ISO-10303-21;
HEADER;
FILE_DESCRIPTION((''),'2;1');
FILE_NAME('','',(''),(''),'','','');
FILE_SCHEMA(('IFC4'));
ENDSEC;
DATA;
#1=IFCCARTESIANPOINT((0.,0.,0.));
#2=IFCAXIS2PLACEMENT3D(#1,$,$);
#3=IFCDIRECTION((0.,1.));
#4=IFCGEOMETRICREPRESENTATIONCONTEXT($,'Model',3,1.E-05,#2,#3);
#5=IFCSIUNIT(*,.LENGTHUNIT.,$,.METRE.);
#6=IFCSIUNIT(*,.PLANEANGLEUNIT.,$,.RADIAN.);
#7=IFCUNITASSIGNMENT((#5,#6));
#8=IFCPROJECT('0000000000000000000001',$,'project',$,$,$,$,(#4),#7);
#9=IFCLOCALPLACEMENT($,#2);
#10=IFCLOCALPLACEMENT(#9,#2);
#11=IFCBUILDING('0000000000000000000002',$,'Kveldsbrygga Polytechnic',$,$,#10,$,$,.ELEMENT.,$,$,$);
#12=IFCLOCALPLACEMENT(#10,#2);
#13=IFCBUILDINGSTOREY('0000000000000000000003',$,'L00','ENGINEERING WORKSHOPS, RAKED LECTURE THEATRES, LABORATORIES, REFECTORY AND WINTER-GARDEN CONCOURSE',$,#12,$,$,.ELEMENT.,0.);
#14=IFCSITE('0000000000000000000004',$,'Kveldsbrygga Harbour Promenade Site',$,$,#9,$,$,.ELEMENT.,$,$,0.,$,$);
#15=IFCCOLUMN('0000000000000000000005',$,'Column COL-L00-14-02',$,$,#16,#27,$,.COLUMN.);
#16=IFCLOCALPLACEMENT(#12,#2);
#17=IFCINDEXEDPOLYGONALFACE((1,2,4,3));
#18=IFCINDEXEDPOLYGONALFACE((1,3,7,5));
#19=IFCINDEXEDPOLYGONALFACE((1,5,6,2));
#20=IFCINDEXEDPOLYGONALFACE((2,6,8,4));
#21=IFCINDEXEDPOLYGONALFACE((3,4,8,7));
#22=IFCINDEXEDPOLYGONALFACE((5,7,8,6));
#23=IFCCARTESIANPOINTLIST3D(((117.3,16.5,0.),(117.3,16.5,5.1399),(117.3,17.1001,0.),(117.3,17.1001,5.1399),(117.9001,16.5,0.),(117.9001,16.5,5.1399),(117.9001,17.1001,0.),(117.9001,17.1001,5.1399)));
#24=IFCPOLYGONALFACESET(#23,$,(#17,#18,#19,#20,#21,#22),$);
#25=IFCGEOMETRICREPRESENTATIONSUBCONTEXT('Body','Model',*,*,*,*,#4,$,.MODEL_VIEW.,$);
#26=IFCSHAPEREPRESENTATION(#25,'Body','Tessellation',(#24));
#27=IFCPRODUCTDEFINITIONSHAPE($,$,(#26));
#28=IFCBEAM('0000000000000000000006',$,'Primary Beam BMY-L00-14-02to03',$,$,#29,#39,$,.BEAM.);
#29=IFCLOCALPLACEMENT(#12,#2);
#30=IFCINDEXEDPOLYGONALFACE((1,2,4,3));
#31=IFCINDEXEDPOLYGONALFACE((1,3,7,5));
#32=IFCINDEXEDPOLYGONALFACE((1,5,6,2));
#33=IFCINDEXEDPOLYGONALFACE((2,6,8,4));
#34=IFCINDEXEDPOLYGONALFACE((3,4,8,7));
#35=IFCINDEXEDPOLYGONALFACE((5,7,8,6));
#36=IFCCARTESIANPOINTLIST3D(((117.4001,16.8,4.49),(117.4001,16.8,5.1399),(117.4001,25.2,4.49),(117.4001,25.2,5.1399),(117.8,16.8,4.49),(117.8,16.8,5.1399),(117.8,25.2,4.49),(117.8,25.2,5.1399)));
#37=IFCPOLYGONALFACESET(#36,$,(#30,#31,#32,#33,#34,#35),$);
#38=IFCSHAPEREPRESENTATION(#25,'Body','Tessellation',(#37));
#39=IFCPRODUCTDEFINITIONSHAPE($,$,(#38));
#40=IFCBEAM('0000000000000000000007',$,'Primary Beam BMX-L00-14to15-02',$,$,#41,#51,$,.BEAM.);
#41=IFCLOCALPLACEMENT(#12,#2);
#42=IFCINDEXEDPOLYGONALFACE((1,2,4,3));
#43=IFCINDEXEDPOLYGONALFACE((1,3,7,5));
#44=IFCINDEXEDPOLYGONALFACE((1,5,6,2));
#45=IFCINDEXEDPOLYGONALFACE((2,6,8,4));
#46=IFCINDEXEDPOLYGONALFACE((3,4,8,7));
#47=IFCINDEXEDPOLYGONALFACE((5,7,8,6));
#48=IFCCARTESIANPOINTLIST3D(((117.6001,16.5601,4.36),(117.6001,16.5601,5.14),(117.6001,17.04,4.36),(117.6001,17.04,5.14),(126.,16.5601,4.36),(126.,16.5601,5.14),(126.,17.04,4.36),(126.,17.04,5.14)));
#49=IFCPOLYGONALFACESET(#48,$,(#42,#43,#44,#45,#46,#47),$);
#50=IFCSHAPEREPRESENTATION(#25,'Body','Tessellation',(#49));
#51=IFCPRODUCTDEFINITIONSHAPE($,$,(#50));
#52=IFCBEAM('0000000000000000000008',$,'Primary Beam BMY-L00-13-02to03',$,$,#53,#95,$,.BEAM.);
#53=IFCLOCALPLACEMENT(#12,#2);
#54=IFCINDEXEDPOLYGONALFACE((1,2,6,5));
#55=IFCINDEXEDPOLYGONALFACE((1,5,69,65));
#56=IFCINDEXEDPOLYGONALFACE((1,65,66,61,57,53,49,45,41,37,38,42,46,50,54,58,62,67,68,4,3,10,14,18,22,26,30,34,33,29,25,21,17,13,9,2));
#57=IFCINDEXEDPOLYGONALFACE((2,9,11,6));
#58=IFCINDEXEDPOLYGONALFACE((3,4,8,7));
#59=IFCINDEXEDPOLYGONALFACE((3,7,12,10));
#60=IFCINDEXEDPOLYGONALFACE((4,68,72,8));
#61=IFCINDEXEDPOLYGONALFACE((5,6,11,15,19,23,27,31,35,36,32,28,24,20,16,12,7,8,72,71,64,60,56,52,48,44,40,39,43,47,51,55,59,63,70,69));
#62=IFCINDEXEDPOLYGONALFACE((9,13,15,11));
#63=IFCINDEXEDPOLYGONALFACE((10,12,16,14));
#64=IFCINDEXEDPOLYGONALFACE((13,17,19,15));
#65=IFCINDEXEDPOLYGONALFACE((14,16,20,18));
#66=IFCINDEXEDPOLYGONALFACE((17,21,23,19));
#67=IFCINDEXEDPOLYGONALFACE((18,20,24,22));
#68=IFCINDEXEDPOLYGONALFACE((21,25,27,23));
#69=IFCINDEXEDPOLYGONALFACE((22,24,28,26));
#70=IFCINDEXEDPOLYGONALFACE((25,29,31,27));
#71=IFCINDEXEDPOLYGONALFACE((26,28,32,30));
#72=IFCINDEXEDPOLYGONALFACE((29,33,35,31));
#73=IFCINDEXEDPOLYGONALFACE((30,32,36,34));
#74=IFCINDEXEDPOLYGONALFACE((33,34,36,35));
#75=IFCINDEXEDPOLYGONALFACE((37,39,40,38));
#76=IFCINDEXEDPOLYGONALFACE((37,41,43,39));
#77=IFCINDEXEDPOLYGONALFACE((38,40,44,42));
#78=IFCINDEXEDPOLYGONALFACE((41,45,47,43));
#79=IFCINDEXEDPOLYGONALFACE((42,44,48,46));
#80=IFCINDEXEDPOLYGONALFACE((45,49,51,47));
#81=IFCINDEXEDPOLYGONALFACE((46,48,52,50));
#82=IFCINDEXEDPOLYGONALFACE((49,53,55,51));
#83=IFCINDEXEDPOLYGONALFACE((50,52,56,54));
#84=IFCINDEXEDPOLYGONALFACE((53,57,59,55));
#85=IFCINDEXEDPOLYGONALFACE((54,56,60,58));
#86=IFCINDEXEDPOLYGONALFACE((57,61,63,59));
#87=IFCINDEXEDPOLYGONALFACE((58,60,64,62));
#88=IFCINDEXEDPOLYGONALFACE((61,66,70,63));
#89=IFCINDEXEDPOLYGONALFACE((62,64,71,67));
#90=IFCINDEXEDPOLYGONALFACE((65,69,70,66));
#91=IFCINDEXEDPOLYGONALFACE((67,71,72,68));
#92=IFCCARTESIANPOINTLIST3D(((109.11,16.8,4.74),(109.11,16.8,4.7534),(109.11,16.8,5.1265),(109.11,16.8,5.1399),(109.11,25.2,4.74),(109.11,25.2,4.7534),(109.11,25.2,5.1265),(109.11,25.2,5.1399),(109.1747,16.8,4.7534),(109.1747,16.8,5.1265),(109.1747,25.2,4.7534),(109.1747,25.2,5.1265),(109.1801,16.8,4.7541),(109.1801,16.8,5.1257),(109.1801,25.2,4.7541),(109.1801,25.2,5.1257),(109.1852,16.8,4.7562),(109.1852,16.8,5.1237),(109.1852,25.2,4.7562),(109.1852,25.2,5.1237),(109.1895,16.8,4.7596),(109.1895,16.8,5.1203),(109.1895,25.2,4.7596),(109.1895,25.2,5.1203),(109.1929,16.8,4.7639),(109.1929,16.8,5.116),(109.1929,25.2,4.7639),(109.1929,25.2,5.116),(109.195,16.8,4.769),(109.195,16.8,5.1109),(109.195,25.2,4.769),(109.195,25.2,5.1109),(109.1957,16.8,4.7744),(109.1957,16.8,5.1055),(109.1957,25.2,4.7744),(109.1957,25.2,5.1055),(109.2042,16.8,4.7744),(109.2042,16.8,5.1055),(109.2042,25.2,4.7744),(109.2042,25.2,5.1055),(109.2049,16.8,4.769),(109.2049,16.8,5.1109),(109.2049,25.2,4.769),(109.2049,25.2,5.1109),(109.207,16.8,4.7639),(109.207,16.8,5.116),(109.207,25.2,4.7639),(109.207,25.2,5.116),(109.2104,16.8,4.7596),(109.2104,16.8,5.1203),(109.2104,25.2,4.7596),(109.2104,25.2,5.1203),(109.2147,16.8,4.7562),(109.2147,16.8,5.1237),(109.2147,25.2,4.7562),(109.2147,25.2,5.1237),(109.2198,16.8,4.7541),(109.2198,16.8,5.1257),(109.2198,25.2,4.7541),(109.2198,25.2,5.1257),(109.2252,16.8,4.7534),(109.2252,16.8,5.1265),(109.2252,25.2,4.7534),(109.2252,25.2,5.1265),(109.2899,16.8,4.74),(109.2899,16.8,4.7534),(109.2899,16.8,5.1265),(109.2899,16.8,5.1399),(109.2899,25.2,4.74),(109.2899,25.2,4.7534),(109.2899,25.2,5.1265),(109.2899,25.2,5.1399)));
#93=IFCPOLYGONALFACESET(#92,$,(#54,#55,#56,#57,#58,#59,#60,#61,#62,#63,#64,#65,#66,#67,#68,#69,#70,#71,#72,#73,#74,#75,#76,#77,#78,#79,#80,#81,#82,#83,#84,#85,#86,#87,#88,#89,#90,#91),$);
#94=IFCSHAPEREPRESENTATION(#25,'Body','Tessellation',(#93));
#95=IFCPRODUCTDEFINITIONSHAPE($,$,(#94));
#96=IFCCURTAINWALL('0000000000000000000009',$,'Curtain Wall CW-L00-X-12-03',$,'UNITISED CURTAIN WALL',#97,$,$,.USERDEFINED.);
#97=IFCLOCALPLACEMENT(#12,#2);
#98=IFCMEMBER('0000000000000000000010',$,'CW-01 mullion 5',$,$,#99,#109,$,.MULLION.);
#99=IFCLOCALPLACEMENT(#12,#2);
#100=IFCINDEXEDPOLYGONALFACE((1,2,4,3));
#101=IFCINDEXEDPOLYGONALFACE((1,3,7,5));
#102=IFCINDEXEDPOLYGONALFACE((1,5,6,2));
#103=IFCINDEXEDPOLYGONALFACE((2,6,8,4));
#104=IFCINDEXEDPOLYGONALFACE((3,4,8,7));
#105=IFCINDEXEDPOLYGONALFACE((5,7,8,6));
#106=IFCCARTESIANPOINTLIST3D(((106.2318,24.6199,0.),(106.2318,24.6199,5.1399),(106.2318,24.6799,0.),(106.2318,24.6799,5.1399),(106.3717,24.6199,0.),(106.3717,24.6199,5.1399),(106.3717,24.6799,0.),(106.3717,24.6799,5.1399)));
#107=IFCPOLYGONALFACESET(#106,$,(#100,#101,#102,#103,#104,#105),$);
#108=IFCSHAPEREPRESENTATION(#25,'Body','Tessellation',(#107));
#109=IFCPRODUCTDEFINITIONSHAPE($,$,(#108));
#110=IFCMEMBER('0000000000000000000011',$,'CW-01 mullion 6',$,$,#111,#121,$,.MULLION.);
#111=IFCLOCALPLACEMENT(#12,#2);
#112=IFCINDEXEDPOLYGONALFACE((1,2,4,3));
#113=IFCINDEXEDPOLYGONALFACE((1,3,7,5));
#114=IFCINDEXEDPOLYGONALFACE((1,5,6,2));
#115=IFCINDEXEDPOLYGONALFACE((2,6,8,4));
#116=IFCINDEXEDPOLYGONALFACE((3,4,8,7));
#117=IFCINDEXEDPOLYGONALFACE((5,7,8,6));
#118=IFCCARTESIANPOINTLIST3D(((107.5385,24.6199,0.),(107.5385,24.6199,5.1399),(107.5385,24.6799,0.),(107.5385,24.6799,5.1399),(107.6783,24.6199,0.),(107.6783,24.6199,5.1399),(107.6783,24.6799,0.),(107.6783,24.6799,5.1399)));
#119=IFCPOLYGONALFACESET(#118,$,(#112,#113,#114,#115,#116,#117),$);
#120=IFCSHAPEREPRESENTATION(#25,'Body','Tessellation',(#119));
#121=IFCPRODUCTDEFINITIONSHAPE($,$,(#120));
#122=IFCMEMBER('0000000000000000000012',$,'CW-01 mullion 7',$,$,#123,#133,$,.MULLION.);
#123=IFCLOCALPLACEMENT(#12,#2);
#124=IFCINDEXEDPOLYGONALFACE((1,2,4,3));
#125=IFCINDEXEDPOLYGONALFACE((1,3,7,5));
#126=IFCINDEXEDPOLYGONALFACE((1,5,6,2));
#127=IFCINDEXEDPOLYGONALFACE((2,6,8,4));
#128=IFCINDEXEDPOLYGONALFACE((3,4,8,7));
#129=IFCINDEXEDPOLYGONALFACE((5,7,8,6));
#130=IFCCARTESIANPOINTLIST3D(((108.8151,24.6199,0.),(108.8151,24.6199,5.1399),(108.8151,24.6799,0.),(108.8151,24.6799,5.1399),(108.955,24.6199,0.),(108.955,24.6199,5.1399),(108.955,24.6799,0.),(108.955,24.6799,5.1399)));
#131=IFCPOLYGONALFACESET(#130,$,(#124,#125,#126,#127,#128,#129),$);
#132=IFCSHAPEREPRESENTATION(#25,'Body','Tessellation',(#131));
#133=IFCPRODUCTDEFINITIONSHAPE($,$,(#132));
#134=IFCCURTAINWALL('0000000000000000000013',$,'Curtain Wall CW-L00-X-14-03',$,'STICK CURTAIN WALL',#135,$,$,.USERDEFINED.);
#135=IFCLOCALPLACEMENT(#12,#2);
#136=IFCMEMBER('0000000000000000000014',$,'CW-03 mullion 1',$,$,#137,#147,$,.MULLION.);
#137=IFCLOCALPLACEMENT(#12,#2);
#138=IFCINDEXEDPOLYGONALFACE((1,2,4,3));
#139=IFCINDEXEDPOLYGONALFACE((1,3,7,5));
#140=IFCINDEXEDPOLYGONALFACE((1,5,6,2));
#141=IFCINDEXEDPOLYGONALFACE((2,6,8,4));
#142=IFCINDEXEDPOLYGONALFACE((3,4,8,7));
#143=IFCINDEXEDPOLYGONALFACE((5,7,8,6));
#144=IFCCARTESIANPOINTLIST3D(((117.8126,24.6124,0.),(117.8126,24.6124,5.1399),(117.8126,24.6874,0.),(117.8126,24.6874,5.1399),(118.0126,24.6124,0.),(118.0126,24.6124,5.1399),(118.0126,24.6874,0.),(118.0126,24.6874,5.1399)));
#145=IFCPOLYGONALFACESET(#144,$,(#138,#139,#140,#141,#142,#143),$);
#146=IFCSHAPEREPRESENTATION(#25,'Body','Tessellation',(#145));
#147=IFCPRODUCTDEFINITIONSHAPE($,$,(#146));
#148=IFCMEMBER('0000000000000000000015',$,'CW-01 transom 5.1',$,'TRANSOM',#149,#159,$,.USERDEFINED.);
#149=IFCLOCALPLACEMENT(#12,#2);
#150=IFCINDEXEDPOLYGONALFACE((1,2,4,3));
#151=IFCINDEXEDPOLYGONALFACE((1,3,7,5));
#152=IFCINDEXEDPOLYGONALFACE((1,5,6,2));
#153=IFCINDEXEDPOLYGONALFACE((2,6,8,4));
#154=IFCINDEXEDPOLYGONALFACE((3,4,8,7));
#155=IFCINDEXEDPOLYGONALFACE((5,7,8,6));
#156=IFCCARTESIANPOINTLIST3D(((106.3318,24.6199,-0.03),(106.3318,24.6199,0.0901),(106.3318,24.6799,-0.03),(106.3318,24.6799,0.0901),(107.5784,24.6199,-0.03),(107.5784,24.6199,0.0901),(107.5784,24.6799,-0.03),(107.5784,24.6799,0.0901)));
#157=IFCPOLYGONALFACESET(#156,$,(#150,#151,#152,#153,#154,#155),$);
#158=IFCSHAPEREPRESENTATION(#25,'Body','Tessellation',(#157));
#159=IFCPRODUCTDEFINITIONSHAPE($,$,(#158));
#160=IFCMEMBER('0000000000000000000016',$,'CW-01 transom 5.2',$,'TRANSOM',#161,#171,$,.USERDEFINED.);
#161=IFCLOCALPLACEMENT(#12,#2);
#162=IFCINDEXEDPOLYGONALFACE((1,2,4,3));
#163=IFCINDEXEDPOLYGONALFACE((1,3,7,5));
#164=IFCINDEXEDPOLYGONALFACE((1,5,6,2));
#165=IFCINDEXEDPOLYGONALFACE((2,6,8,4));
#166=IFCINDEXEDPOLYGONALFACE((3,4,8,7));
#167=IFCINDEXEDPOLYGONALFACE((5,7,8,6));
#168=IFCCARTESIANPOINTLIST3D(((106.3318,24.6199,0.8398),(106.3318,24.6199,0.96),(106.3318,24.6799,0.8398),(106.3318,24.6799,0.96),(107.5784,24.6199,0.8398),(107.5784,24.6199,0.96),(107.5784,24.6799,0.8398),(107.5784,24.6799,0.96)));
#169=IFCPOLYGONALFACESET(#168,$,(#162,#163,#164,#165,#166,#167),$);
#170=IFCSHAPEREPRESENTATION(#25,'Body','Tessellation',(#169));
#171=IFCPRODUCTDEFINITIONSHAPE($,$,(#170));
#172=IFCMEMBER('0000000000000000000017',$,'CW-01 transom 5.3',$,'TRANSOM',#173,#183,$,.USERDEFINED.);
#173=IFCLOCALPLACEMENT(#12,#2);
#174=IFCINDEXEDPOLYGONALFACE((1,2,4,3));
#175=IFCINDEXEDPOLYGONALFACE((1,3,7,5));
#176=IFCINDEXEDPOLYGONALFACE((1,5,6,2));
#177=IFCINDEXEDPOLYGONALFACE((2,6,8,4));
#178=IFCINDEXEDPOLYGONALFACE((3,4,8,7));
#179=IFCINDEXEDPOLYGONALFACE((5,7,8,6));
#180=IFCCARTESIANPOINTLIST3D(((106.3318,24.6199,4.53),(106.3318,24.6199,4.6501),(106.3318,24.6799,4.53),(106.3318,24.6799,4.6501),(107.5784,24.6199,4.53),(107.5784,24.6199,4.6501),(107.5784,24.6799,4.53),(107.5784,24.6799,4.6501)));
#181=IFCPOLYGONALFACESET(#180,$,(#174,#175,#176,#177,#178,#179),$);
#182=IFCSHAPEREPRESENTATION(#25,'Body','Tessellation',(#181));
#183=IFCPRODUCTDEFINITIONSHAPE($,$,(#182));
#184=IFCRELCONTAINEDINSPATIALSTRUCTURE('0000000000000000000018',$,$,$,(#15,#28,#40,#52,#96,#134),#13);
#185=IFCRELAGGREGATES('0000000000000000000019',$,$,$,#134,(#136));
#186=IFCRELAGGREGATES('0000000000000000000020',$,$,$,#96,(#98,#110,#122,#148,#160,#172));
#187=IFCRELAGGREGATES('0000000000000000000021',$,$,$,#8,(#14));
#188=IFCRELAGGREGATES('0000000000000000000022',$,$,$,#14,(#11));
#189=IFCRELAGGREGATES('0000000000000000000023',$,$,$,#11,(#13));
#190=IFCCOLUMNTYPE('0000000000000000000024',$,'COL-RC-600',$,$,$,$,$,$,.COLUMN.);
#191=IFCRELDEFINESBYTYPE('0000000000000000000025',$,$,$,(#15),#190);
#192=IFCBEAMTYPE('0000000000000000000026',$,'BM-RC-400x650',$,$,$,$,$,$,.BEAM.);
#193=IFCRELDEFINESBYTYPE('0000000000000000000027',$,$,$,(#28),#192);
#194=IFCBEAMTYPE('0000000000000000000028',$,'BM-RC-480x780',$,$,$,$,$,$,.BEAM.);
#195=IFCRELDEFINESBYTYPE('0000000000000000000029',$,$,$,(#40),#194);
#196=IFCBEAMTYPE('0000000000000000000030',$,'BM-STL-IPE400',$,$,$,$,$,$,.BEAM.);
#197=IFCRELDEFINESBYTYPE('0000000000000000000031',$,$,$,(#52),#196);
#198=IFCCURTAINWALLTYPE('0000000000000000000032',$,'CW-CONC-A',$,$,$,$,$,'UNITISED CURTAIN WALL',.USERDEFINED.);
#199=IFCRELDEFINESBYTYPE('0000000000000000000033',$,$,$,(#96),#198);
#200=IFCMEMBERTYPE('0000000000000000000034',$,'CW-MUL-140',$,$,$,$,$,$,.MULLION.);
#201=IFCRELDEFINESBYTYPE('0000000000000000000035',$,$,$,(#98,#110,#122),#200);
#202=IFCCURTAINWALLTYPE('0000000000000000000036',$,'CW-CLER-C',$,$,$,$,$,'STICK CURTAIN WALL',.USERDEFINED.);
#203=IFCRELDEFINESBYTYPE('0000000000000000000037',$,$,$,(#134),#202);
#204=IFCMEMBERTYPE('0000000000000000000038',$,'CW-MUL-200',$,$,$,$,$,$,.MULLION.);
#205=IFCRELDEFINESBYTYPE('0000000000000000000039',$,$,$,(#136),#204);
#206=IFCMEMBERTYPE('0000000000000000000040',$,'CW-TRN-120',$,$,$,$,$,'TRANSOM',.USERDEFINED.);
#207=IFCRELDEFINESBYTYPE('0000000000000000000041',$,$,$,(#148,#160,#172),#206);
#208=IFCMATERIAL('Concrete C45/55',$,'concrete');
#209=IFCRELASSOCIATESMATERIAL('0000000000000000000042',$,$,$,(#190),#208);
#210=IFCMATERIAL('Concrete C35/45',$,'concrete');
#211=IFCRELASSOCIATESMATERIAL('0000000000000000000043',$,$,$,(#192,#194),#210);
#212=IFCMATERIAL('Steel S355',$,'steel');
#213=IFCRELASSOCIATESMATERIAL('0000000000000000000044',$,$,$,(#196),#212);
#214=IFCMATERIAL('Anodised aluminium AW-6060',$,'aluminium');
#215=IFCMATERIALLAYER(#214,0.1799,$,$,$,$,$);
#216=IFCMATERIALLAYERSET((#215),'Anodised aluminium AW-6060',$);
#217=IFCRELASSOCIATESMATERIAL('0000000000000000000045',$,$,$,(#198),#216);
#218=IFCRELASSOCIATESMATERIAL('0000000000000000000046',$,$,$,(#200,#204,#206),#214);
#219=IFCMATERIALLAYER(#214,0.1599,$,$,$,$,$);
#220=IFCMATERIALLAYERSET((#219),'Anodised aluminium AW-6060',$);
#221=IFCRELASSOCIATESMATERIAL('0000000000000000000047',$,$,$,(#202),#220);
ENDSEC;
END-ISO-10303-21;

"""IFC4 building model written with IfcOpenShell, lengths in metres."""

from ifc_helpers import new_model, si_unit, direction, frame, origin, origin_2d, place, context, subcontext, project, spatial, rectangle, i_section, extrude, material, layer, layer_set, material_profile, profile_set, type_object, element, aggregate, save


model = new_model("IFC4")

# Units and contexts
model_context = context("Model", 3, precision=1e-05, world=origin(), true_north=direction((0.0, 1.0)))
body_context = subcontext(model_context, "Body", "Model", "MODEL_VIEW")
ifc_project = project(units=[si_unit("LENGTHUNIT", "METRE"), si_unit("PLANEANGLEUNIT", "RADIAN")], contexts=[model_context])

# Site, building, storey
site_placement = place(None, origin())
site = spatial("IfcSite", under=ifc_project, at=site_placement, Name="Kveldsbrygga Harbour Promenade Site", CompositionType="ELEMENT", RefElevation=0.0)
building_placement = place(site_placement, origin())
building = spatial("IfcBuilding", under=site, at=building_placement, Name="Kveldsbrygga Polytechnic", CompositionType="ELEMENT")
storey_placement = place(building_placement, origin())
storey = spatial("IfcBuildingStorey", under=building, at=storey_placement, Name="L00", Description="ENGINEERING WORKSHOPS, RAKED LECTURE THEATRES, LABORATORIES, REFECTORY AND WINTER-GARDEN CONCOURSE", CompositionType="ELEMENT", Elevation=0.0)

# Column
ifc_material_1 = material(Name="Concrete C45/55", Category="concrete")
ifc_material_profile_1 = material_profile(ifc_material_1, rectangle(XDim=0.6001, YDim=0.6001, at=origin_2d()), Name="RC 600x600")
ifc_profile_set_1 = profile_set([ifc_material_profile_1], Name="Concrete C45/55")
column_type = type_object("IfcColumnType", Name="COL-RC-600", PredefinedType="COLUMN", material=ifc_profile_set_1)
column_placement = place(storey_placement, frame((117.6001, 16.8, 0.0), z_axis=(0.0, 0.0, 1.0), x_axis=(1.0, 0.0, 0.0)))
element("IfcColumn", 1, at=column_placement, inside=storey, type_object=column_type, Name="Column COL-L00-14-02", PredefinedType="COLUMN", context=body_context, shape_type="SweptSolid", body=[
    extrude(rectangle(XDim=0.6001, YDim=0.6001, at=origin_2d()), origin(), (0.0, 0.0, 1.0), 5.1399),
])

# Beams
ifc_material_2 = material(Name="Concrete C35/45", Category="concrete")
ifc_material_profile_2 = material_profile(ifc_material_2, rectangle(XDim=0.3999, YDim=0.6499, at=origin_2d()), Name="RC 400x650")
ifc_profile_set_2 = profile_set([ifc_material_profile_2], Name="Concrete C35/45")
beam_type_1 = type_object("IfcBeamType", Name="BM-RC-400x650", PredefinedType="BEAM", material=ifc_profile_set_2)
beam_1_placement = place(storey_placement, frame((117.6001, 16.8, 4.8149), z_axis=(0.0, 1.0, 0.0), x_axis=(-1.0, 0.0, 0.0)))
element("IfcBeam", 2, at=beam_1_placement, inside=storey, type_object=beam_type_1, Name="Primary Beam BMY-L00-14-02to03", PredefinedType="BEAM", context=body_context, shape_type="SweptSolid", body=[
    extrude(rectangle(XDim=0.3999, YDim=0.6499, at=origin_2d()), origin(), (0.0, 0.0, 1.0), 8.3999),
])
ifc_material_profile_3 = material_profile(ifc_material_2, rectangle(XDim=0.48, YDim=0.78, at=origin_2d()), Name="RC 480x780")
ifc_profile_set_3 = profile_set([ifc_material_profile_3], Name="Concrete C35/45")
beam_type_2 = type_object("IfcBeamType", Name="BM-RC-480x780", PredefinedType="BEAM", material=ifc_profile_set_3)
beam_2_placement = place(storey_placement, frame((117.6001, 16.8, 4.75), z_axis=(1.0, 0.0, 0.0), x_axis=(0.0, 1.0, 0.0)))
element("IfcBeam", 3, at=beam_2_placement, inside=storey, type_object=beam_type_2, Name="Primary Beam BMX-L00-14to15-02", PredefinedType="BEAM", context=body_context, shape_type="SweptSolid", body=[
    extrude(rectangle(XDim=0.48, YDim=0.78, at=origin_2d()), origin(), (0.0, 0.0, 1.0), 8.3999),
])
ifc_material_3 = material(Name="Steel S355", Category="steel")
ifc_material_profile_4 = material_profile(ifc_material_3, i_section(OverallWidth=0.1799, OverallDepth=0.3999, WebThickness=0.0085, FlangeThickness=0.0134, FilletRadius=0.021, at=origin_2d()), Name="IPE 400")
ifc_profile_set_4 = profile_set([ifc_material_profile_4], Name="Steel S355")
beam_type_3 = type_object("IfcBeamType", Name="BM-STL-IPE400", PredefinedType="BEAM", material=ifc_profile_set_4)
beam_3_placement = place(storey_placement, frame((109.2, 16.8, 4.9399), z_axis=(0.0, 1.0, 0.0), x_axis=(-1.0, 0.0, 0.0)))
element("IfcBeam", 4, at=beam_3_placement, inside=storey, type_object=beam_type_3, Name="Primary Beam BMY-L00-13-02to03", PredefinedType="BEAM", context=body_context, shape_type="SweptSolid", body=[
    extrude(i_section(OverallWidth=0.1799, OverallDepth=0.3999, WebThickness=0.0085, FlangeThickness=0.0134, FilletRadius=0.021, at=origin_2d()), origin(), (0.0, 0.0, 1.0), 8.3999),
])

# Curtain wall, members
ifc_material_4 = material(Name="Anodised aluminium AW-6060", Category="aluminium")
ifc_layer_1 = layer(ifc_material_4, 0.1799)
ifc_layer_set_1 = layer_set([ifc_layer_1], Name="Anodised aluminium AW-6060")
curtain_wall_type_1 = type_object("IfcCurtainWallType", Name="CW-CONC-A", ElementType="UNITISED CURTAIN WALL", PredefinedType="USERDEFINED", material=ifc_layer_set_1)
curtain_wall_1_placement = place(storey_placement, origin())
curtain_wall_1 = element("IfcCurtainWall", 5, at=curtain_wall_1_placement, inside=storey, type_object=curtain_wall_type_1, Name="Curtain Wall CW-L00-X-12-03", ObjectType="UNITISED CURTAIN WALL", PredefinedType="USERDEFINED")
ifc_material_profile_5 = material_profile(ifc_material_4, rectangle(XDim=0.0601, YDim=0.1399, at=origin_2d()), Name="ALU 60x140")
ifc_profile_set_5 = profile_set([ifc_material_profile_5], Name="Anodised aluminium AW-6060")
member_type_1 = type_object("IfcMemberType", Name="CW-MUL-140", PredefinedType="MULLION", material=ifc_profile_set_5)
member_1_placement = place(storey_placement, frame((106.3018, 24.6499, 0.0), z_axis=(0.0, 0.0, 1.0), x_axis=(0.0, 1.0, 0.0)))
member_1 = element("IfcMember", 6, at=member_1_placement, type_object=member_type_1, Name="CW-01 mullion 5", PredefinedType="MULLION", context=body_context, shape_type="SweptSolid", body=[
    extrude(rectangle(XDim=0.0601, YDim=0.1399, at=origin_2d()), origin(), (0.0, 0.0, 1.0), 5.1399),
])
member_2_placement = place(storey_placement, frame((107.6084, 24.6499, 0.0), z_axis=(0.0, 0.0, 1.0), x_axis=(0.0, 1.0, 0.0)))
member_2 = element("IfcMember", 7, at=member_2_placement, type_object=member_type_1, Name="CW-01 mullion 6", PredefinedType="MULLION", context=body_context, shape_type="SweptSolid", body=[
    extrude(rectangle(XDim=0.0601, YDim=0.1399, at=origin_2d()), origin(), (0.0, 0.0, 1.0), 5.1399),
])
member_3_placement = place(storey_placement, frame((108.885, 24.6499, 0.0), z_axis=(0.0, 0.0, 1.0), x_axis=(0.0, 1.0, 0.0)))
member_3 = element("IfcMember", 8, at=member_3_placement, type_object=member_type_1, Name="CW-01 mullion 7", PredefinedType="MULLION", context=body_context, shape_type="SweptSolid", body=[
    extrude(rectangle(XDim=0.0601, YDim=0.1399, at=origin_2d()), origin(), (0.0, 0.0, 1.0), 5.1399),
])

# Curtain wall, member
ifc_layer_2 = layer(ifc_material_4, 0.1599)
ifc_layer_set_2 = layer_set([ifc_layer_2], Name="Anodised aluminium AW-6060")
curtain_wall_type_2 = type_object("IfcCurtainWallType", Name="CW-CLER-C", ElementType="STICK CURTAIN WALL", PredefinedType="USERDEFINED", material=ifc_layer_set_2)
curtain_wall_2_placement = place(storey_placement, origin())
curtain_wall_2 = element("IfcCurtainWall", 9, at=curtain_wall_2_placement, inside=storey, type_object=curtain_wall_type_2, Name="Curtain Wall CW-L00-X-14-03", ObjectType="STICK CURTAIN WALL", PredefinedType="USERDEFINED")
ifc_material_profile_6 = material_profile(ifc_material_4, rectangle(XDim=0.075, YDim=0.2, at=origin_2d()), Name="ALU 75x200")
ifc_profile_set_6 = profile_set([ifc_material_profile_6], Name="Anodised aluminium AW-6060")
member_type_2 = type_object("IfcMemberType", Name="CW-MUL-200", PredefinedType="MULLION", material=ifc_profile_set_6)
member_4_placement = place(storey_placement, frame((117.9126, 24.6499, 0.0), z_axis=(0.0, 0.0, 1.0), x_axis=(0.0, 1.0, 0.0)))
member_4 = element("IfcMember", 10, at=member_4_placement, type_object=member_type_2, Name="CW-03 mullion 1", PredefinedType="MULLION", context=body_context, shape_type="SweptSolid", body=[
    extrude(rectangle(XDim=0.075, YDim=0.2, at=origin_2d()), origin(), (0.0, 0.0, 1.0), 5.1399),
])
aggregate(curtain_wall_2, [member_4])

# Members
ifc_material_profile_7 = material_profile(ifc_material_4, rectangle(XDim=0.0601, YDim=0.1201, at=origin_2d()), Name="ALU 60x120")
ifc_profile_set_7 = profile_set([ifc_material_profile_7], Name="Anodised aluminium AW-6060")
member_type_3 = type_object("IfcMemberType", Name="CW-TRN-120", ElementType="TRANSOM", PredefinedType="USERDEFINED", material=ifc_profile_set_7)
member_5_placement = place(storey_placement, frame((106.3318, 24.6499, 0.03), z_axis=(1.0, 0.0, 0.0), x_axis=(0.0, 1.0, 0.0)))
member_5 = element("IfcMember", 11, at=member_5_placement, type_object=member_type_3, Name="CW-01 transom 5.1", ObjectType="TRANSOM", PredefinedType="USERDEFINED", context=body_context, shape_type="SweptSolid", body=[
    extrude(rectangle(XDim=0.0601, YDim=0.1201, at=origin_2d()), origin(), (0.0, 0.0, 1.0), 1.2466),
])
member_6_placement = place(storey_placement, frame((106.3318, 24.6499, 0.8999), z_axis=(1.0, 0.0, 0.0), x_axis=(0.0, 1.0, 0.0)))
member_6 = element("IfcMember", 12, at=member_6_placement, type_object=member_type_3, Name="CW-01 transom 5.2", ObjectType="TRANSOM", PredefinedType="USERDEFINED", context=body_context, shape_type="SweptSolid", body=[
    extrude(rectangle(XDim=0.0601, YDim=0.1201, at=origin_2d()), origin(), (0.0, 0.0, 1.0), 1.2466),
])
member_7_placement = place(storey_placement, frame((106.3318, 24.6499, 4.5901), z_axis=(1.0, 0.0, 0.0), x_axis=(0.0, 1.0, 0.0)))
member_7 = element("IfcMember", 13, at=member_7_placement, type_object=member_type_3, Name="CW-01 transom 5.3", ObjectType="TRANSOM", PredefinedType="USERDEFINED", context=body_context, shape_type="SweptSolid", body=[
    extrude(rectangle(XDim=0.0601, YDim=0.1201, at=origin_2d()), origin(), (0.0, 0.0, 1.0), 1.2466),
])

aggregate(curtain_wall_1, [member_1, member_2, member_3, member_5, member_6, member_7])

save(model, "model.ifc")
